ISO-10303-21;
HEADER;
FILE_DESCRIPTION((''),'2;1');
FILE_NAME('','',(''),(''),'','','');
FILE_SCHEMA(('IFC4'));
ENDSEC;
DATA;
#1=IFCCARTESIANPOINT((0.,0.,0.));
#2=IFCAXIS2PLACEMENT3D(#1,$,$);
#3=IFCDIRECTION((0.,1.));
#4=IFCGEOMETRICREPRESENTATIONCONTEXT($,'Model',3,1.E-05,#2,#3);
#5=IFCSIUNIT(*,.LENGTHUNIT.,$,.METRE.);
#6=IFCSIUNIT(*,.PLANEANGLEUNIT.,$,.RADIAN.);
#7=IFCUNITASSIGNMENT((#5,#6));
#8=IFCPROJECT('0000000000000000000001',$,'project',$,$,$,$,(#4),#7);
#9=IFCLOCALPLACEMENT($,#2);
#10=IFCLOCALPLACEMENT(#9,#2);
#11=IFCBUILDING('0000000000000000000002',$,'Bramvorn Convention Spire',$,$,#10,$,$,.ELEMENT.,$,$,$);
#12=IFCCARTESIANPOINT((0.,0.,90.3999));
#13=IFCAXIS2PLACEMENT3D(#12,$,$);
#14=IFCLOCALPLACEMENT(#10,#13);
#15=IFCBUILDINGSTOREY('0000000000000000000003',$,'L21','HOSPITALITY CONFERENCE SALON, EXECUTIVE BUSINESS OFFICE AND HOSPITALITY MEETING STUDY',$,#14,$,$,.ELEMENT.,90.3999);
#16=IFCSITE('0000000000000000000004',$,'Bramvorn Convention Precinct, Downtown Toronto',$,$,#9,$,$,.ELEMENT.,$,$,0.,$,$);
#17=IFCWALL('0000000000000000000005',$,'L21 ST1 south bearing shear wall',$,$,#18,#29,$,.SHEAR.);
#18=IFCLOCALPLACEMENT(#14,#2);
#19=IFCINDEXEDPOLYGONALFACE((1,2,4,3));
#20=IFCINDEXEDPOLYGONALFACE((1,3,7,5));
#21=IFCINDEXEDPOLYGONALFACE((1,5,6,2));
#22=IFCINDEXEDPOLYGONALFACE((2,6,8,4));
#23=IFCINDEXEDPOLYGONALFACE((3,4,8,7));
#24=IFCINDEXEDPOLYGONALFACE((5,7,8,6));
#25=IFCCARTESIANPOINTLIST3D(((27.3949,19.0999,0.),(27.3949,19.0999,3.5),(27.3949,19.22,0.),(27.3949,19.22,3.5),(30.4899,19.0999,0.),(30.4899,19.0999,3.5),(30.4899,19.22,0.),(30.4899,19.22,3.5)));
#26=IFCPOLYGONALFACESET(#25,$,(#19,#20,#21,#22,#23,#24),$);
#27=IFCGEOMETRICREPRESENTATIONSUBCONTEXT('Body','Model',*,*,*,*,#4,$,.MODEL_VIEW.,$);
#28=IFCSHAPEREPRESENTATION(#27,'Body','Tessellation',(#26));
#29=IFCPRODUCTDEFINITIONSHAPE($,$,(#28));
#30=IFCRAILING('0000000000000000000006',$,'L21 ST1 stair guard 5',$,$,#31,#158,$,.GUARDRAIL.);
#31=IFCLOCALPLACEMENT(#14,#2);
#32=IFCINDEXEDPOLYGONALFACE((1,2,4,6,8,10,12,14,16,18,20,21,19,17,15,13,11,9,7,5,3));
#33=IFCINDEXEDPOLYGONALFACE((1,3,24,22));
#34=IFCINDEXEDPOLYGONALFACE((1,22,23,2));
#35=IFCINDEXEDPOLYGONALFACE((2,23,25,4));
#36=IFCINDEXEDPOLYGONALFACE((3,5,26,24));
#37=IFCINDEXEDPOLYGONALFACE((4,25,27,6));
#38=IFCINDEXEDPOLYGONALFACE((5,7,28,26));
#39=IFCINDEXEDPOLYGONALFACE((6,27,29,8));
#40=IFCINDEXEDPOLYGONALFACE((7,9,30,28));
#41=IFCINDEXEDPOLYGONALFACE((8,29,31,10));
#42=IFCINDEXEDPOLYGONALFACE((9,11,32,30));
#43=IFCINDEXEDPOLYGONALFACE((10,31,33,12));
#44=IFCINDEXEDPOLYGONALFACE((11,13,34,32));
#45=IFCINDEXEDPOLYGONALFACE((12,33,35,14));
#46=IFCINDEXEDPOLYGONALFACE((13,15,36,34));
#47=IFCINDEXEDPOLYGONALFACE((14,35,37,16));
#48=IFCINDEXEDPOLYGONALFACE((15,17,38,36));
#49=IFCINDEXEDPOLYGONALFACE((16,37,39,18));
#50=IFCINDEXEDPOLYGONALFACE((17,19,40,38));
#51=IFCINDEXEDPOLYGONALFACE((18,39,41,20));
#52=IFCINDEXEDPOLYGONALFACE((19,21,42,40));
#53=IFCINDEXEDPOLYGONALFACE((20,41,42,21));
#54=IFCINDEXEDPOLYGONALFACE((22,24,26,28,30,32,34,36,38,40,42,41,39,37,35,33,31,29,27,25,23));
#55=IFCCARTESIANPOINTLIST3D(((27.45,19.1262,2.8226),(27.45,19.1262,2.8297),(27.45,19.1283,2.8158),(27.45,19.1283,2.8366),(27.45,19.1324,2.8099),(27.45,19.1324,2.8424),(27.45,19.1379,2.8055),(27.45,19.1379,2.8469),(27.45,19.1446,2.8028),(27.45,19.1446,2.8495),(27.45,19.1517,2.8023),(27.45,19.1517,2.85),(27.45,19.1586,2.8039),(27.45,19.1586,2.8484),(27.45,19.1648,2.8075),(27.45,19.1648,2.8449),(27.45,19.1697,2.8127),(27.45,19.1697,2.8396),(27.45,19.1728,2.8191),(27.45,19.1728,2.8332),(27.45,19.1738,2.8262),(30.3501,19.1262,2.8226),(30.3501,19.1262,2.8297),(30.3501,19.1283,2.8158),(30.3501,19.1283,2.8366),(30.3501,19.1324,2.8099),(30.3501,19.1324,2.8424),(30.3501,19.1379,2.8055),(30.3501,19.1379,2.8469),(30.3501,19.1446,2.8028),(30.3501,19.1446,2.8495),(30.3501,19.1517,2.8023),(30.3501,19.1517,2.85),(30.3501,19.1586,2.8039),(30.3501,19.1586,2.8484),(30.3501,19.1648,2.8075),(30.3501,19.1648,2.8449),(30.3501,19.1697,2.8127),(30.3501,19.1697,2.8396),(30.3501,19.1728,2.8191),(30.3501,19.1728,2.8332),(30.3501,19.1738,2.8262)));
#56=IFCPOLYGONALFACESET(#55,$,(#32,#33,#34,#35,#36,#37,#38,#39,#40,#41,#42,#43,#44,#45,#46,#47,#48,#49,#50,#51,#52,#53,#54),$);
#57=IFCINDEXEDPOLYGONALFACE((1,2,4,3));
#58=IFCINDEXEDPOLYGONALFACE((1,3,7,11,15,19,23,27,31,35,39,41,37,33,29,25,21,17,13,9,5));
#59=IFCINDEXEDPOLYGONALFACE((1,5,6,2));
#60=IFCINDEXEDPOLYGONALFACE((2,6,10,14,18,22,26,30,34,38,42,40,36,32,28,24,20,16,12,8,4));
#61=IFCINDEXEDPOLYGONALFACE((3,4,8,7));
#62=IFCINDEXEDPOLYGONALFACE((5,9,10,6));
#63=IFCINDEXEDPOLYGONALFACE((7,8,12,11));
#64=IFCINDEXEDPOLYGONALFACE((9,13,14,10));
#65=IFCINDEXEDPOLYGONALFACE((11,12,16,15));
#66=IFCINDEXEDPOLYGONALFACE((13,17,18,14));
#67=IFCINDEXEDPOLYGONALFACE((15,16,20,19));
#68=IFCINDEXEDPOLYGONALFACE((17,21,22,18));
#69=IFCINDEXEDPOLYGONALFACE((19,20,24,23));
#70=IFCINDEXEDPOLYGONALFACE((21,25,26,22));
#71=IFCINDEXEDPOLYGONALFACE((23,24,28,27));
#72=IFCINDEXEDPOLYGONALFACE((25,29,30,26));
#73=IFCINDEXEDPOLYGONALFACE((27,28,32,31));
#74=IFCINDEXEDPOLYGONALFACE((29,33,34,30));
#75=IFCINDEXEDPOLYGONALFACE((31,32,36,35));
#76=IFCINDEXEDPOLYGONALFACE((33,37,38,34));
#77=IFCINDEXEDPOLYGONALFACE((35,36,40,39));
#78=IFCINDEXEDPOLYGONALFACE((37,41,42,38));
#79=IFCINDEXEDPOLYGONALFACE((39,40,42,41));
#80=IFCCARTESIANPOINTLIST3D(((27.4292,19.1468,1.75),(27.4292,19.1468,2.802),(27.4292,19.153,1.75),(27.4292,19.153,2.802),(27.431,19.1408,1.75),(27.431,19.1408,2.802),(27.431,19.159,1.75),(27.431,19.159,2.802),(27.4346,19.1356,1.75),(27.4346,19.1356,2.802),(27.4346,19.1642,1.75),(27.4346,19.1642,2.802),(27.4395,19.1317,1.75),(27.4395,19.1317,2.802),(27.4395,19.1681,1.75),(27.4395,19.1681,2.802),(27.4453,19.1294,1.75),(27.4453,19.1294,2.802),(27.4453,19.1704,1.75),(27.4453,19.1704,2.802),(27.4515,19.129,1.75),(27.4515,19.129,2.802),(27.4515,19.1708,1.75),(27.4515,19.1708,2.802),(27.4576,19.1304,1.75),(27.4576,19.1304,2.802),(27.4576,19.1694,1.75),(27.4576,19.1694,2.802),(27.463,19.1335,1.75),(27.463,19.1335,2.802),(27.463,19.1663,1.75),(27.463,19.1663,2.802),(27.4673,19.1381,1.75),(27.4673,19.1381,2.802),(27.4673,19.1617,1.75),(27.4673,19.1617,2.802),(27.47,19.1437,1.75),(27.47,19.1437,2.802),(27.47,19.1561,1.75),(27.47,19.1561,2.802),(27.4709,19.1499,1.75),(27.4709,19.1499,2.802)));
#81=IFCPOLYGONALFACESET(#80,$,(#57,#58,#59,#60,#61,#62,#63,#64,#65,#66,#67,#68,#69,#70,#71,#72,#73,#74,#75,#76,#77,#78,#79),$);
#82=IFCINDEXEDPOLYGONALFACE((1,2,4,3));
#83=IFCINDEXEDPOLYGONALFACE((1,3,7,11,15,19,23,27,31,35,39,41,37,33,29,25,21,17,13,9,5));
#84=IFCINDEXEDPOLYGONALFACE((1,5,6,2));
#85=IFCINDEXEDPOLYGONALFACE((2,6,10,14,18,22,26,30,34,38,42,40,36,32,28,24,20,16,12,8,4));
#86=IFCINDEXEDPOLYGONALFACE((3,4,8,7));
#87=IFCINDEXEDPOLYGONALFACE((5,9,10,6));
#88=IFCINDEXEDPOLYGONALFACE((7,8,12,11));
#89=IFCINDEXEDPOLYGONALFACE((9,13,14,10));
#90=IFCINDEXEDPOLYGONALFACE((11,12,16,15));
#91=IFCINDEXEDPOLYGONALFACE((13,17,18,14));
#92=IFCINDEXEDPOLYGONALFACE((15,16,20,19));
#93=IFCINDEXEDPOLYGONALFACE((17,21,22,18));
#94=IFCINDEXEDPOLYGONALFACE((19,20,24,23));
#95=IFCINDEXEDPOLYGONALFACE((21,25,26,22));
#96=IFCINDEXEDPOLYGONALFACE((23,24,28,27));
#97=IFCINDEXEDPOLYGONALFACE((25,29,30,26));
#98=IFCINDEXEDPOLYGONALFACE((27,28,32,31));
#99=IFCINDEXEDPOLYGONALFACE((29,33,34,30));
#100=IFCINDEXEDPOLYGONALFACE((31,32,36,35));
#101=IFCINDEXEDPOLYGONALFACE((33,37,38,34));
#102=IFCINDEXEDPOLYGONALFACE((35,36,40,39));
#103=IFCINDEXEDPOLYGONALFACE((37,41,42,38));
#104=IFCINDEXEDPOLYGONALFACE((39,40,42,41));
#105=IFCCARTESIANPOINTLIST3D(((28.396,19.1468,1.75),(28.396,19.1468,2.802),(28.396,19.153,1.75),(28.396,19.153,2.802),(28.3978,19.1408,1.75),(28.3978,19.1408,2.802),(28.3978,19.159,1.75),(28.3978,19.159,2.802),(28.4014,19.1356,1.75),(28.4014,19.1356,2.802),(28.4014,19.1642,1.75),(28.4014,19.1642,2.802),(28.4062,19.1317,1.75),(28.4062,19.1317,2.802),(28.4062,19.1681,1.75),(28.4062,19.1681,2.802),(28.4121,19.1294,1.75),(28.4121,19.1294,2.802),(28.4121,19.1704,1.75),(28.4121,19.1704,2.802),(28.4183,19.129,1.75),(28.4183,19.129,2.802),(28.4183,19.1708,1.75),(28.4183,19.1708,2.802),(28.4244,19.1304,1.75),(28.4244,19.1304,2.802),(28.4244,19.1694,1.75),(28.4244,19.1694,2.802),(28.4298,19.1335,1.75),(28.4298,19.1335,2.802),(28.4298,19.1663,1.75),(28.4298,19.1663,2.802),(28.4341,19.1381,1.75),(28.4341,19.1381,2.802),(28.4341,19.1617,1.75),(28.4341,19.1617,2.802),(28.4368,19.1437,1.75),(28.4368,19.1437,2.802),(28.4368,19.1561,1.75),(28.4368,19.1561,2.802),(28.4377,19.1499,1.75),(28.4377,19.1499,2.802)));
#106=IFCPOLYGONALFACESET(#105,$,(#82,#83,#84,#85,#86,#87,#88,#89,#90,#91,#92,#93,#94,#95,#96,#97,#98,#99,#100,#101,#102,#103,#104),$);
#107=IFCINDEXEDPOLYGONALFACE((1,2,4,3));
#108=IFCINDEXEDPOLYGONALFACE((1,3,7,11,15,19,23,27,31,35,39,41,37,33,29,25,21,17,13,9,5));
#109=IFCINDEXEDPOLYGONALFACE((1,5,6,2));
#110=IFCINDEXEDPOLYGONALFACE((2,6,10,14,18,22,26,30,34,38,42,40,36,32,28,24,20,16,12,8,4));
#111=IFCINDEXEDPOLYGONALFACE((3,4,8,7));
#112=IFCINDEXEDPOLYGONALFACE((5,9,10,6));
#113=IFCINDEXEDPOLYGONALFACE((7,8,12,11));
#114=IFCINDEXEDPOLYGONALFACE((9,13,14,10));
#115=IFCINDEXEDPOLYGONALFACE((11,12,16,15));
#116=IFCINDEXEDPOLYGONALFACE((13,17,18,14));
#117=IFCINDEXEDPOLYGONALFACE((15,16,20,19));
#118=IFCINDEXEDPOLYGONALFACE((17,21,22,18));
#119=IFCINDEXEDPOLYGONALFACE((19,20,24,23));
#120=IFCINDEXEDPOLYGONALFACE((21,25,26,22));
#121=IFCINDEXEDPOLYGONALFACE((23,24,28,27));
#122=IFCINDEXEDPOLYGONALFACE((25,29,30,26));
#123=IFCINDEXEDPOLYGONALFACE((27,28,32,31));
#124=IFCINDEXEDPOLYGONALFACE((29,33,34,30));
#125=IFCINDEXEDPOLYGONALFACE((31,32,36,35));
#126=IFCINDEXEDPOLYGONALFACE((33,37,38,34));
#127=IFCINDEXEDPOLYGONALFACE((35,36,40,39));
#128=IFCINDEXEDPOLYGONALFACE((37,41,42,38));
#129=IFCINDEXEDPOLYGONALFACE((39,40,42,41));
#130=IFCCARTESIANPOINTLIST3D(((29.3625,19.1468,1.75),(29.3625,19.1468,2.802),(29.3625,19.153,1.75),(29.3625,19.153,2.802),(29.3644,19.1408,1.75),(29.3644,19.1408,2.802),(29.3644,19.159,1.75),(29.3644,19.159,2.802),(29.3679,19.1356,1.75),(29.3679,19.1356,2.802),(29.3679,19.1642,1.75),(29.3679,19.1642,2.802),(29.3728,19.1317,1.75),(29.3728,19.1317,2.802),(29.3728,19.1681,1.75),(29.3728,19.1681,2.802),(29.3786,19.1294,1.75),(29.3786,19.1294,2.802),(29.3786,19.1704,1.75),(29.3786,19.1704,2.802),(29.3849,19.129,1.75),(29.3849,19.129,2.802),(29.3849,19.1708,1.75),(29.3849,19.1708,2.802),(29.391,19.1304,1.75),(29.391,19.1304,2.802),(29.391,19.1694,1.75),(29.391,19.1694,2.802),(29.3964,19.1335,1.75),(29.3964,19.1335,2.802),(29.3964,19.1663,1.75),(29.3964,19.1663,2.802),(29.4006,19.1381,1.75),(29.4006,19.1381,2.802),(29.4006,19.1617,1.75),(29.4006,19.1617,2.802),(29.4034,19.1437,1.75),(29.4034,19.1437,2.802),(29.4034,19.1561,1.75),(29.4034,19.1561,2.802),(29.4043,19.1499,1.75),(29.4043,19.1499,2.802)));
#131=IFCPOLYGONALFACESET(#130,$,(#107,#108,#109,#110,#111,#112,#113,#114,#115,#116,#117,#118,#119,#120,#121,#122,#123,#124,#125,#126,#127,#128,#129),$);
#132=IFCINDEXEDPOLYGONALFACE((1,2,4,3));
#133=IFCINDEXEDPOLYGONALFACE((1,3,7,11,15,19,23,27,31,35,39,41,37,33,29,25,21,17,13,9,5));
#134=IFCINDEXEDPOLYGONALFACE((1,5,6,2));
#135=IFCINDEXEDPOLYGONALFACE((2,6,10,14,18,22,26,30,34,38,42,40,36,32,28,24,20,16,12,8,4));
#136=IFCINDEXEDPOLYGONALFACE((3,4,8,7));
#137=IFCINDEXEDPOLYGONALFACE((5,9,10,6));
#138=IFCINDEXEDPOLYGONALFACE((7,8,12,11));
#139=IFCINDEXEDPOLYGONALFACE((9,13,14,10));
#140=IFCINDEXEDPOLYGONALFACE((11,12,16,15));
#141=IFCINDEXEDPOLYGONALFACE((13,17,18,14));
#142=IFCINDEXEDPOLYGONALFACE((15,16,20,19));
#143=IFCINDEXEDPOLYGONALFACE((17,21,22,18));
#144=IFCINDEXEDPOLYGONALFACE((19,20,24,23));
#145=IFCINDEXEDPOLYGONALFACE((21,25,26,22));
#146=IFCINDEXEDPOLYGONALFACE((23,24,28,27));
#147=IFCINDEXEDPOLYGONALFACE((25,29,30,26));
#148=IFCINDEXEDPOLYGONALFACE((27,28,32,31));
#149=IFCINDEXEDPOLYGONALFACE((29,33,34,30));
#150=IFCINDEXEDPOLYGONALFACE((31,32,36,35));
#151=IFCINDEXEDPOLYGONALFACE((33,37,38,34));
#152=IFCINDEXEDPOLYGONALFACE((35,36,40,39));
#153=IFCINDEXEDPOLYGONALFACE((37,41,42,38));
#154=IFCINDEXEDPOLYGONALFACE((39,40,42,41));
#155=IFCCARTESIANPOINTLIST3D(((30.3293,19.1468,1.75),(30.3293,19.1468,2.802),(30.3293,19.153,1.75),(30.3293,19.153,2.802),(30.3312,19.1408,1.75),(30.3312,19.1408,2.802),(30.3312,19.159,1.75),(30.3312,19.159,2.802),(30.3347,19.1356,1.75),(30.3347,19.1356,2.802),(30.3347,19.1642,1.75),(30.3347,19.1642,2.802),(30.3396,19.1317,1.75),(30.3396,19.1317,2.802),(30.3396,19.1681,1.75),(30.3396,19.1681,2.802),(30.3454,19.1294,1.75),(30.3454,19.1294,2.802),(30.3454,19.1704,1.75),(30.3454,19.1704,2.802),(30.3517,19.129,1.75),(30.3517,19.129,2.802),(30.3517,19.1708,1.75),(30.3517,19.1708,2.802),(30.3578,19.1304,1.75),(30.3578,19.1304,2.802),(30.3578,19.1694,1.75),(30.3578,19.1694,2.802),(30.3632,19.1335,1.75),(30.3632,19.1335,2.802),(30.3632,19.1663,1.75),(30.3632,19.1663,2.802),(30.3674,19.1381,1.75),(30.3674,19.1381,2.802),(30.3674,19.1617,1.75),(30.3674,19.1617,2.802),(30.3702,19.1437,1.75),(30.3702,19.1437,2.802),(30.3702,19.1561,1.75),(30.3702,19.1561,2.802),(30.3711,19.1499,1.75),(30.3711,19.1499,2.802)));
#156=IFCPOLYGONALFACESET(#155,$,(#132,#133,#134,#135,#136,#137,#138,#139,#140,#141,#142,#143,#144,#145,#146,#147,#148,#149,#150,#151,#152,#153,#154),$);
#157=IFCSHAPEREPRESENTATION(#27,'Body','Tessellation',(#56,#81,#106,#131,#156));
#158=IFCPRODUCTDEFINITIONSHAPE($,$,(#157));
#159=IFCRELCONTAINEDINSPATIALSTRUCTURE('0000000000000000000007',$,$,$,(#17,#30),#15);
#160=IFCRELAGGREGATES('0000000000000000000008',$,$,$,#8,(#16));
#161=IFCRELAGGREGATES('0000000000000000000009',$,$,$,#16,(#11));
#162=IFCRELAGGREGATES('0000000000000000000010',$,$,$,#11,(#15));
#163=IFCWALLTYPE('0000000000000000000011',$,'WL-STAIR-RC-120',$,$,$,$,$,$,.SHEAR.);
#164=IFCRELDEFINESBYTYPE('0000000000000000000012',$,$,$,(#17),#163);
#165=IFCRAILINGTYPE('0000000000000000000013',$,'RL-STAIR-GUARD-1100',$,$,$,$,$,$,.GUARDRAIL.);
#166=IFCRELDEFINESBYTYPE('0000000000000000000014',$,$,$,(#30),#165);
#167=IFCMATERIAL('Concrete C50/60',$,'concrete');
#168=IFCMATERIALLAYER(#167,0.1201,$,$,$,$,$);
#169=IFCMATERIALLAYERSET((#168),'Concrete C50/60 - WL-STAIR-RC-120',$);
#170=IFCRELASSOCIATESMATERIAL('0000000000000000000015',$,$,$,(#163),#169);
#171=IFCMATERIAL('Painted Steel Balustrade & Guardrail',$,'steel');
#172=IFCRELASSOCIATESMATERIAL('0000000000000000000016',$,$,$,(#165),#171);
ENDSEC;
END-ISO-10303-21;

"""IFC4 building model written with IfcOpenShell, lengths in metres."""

from ifc_helpers import new_model, si_unit, direction, frame, frame_2d, origin, origin_2d, place, context, subcontext, project, spatial, rectangle, circle, extrude, material, layer, layer_set, type_object, element, save


model = new_model("IFC4")

# Units and contexts
model_context = context("Model", 3, precision=1e-05, world=origin(), true_north=direction((0.0, 1.0)))
body_context = subcontext(model_context, "Body", "Model", "MODEL_VIEW")
ifc_project = project(units=[si_unit("LENGTHUNIT", "METRE"), si_unit("PLANEANGLEUNIT", "RADIAN")], contexts=[model_context])

# Site, building, storey
site_placement = place(None, origin())
site = spatial("IfcSite", under=ifc_project, at=site_placement, Name="Bramvorn Convention Precinct, Downtown Toronto", CompositionType="ELEMENT", RefElevation=0.0)
building_placement = place(site_placement, origin())
building = spatial("IfcBuilding", under=site, at=building_placement, Name="Bramvorn Convention Spire", CompositionType="ELEMENT")
storey_placement = place(building_placement, frame((0.0, 0.0, 90.3999)))
storey = spatial("IfcBuildingStorey", under=building, at=storey_placement, Name="L21", Description="HOSPITALITY CONFERENCE SALON, EXECUTIVE BUSINESS OFFICE AND HOSPITALITY MEETING STUDY", CompositionType="ELEMENT", Elevation=90.3999)

# Wall
ifc_material_1 = material(Name="Concrete C50/60", Category="concrete")
ifc_layer_1 = layer(ifc_material_1, 0.1201)
ifc_layer_set_1 = layer_set([ifc_layer_1], Name="Concrete C50/60 - WL-STAIR-RC-120")
wall_type_1 = type_object("IfcWallType", Name="WL-STAIR-RC-120", PredefinedType="SHEAR", material=ifc_layer_set_1)
wall_1_placement = place(storey_placement, frame((27.395, 19.1599, 0.0), z_axis=(0.0, 0.0, 1.0), x_axis=(1.0, 0.0, 0.0)))
element("IfcWall", 1, at=wall_1_placement, inside=storey, type_object=wall_type_1, Name="L21 ST1 south bearing shear wall", PredefinedType="SHEAR", context=body_context, shape_type="SweptSolid", body=[
    extrude(rectangle(XDim=3.095, YDim=0.1201, at=frame_2d((1.5474, 0.0))), origin(), (0.0, 0.0, 1.0), 3.5),
])

# Railing
ifc_material_2 = material(Name="Painted Steel Balustrade & Guardrail", Category="steel")
railing_type = type_object("IfcRailingType", Name="RL-STAIR-GUARD-1100", PredefinedType="GUARDRAIL", material=ifc_material_2)
railing_1_placement = place(storey_placement, frame((27.45, 19.1499, 1.75)))
element("IfcRailing", 2, at=railing_1_placement, inside=storey, type_object=railing_type, Name="L21 ST1 stair guard 5", PredefinedType="GUARDRAIL", context=body_context, shape_type="SweptSolid", body=[
    extrude(circle(Radius=0.0239, at=origin_2d()), frame((0.0, 0.0, 1.0762), z_axis=(1.0, 0.0, 0.0), x_axis=(0.0, 1.0, 0.0)), (0.0, 0.0, 1.0), 2.9001),
    extrude(circle(Radius=0.021, at=origin_2d()), origin(), (0.0, 0.0, 1.0), 1.052),
    extrude(circle(Radius=0.021, at=origin_2d()), frame((0.9668, 0.0, 0.0)), (0.0, 0.0, 1.0), 1.052),
    extrude(circle(Radius=0.021, at=origin_2d()), frame((1.9333, 0.0, 0.0)), (0.0, 0.0, 1.0), 1.052),
    extrude(circle(Radius=0.021, at=origin_2d()), frame((2.9001, 0.0, 0.0)), (0.0, 0.0, 1.0), 1.052),
])

save(model, "model.ifc")
